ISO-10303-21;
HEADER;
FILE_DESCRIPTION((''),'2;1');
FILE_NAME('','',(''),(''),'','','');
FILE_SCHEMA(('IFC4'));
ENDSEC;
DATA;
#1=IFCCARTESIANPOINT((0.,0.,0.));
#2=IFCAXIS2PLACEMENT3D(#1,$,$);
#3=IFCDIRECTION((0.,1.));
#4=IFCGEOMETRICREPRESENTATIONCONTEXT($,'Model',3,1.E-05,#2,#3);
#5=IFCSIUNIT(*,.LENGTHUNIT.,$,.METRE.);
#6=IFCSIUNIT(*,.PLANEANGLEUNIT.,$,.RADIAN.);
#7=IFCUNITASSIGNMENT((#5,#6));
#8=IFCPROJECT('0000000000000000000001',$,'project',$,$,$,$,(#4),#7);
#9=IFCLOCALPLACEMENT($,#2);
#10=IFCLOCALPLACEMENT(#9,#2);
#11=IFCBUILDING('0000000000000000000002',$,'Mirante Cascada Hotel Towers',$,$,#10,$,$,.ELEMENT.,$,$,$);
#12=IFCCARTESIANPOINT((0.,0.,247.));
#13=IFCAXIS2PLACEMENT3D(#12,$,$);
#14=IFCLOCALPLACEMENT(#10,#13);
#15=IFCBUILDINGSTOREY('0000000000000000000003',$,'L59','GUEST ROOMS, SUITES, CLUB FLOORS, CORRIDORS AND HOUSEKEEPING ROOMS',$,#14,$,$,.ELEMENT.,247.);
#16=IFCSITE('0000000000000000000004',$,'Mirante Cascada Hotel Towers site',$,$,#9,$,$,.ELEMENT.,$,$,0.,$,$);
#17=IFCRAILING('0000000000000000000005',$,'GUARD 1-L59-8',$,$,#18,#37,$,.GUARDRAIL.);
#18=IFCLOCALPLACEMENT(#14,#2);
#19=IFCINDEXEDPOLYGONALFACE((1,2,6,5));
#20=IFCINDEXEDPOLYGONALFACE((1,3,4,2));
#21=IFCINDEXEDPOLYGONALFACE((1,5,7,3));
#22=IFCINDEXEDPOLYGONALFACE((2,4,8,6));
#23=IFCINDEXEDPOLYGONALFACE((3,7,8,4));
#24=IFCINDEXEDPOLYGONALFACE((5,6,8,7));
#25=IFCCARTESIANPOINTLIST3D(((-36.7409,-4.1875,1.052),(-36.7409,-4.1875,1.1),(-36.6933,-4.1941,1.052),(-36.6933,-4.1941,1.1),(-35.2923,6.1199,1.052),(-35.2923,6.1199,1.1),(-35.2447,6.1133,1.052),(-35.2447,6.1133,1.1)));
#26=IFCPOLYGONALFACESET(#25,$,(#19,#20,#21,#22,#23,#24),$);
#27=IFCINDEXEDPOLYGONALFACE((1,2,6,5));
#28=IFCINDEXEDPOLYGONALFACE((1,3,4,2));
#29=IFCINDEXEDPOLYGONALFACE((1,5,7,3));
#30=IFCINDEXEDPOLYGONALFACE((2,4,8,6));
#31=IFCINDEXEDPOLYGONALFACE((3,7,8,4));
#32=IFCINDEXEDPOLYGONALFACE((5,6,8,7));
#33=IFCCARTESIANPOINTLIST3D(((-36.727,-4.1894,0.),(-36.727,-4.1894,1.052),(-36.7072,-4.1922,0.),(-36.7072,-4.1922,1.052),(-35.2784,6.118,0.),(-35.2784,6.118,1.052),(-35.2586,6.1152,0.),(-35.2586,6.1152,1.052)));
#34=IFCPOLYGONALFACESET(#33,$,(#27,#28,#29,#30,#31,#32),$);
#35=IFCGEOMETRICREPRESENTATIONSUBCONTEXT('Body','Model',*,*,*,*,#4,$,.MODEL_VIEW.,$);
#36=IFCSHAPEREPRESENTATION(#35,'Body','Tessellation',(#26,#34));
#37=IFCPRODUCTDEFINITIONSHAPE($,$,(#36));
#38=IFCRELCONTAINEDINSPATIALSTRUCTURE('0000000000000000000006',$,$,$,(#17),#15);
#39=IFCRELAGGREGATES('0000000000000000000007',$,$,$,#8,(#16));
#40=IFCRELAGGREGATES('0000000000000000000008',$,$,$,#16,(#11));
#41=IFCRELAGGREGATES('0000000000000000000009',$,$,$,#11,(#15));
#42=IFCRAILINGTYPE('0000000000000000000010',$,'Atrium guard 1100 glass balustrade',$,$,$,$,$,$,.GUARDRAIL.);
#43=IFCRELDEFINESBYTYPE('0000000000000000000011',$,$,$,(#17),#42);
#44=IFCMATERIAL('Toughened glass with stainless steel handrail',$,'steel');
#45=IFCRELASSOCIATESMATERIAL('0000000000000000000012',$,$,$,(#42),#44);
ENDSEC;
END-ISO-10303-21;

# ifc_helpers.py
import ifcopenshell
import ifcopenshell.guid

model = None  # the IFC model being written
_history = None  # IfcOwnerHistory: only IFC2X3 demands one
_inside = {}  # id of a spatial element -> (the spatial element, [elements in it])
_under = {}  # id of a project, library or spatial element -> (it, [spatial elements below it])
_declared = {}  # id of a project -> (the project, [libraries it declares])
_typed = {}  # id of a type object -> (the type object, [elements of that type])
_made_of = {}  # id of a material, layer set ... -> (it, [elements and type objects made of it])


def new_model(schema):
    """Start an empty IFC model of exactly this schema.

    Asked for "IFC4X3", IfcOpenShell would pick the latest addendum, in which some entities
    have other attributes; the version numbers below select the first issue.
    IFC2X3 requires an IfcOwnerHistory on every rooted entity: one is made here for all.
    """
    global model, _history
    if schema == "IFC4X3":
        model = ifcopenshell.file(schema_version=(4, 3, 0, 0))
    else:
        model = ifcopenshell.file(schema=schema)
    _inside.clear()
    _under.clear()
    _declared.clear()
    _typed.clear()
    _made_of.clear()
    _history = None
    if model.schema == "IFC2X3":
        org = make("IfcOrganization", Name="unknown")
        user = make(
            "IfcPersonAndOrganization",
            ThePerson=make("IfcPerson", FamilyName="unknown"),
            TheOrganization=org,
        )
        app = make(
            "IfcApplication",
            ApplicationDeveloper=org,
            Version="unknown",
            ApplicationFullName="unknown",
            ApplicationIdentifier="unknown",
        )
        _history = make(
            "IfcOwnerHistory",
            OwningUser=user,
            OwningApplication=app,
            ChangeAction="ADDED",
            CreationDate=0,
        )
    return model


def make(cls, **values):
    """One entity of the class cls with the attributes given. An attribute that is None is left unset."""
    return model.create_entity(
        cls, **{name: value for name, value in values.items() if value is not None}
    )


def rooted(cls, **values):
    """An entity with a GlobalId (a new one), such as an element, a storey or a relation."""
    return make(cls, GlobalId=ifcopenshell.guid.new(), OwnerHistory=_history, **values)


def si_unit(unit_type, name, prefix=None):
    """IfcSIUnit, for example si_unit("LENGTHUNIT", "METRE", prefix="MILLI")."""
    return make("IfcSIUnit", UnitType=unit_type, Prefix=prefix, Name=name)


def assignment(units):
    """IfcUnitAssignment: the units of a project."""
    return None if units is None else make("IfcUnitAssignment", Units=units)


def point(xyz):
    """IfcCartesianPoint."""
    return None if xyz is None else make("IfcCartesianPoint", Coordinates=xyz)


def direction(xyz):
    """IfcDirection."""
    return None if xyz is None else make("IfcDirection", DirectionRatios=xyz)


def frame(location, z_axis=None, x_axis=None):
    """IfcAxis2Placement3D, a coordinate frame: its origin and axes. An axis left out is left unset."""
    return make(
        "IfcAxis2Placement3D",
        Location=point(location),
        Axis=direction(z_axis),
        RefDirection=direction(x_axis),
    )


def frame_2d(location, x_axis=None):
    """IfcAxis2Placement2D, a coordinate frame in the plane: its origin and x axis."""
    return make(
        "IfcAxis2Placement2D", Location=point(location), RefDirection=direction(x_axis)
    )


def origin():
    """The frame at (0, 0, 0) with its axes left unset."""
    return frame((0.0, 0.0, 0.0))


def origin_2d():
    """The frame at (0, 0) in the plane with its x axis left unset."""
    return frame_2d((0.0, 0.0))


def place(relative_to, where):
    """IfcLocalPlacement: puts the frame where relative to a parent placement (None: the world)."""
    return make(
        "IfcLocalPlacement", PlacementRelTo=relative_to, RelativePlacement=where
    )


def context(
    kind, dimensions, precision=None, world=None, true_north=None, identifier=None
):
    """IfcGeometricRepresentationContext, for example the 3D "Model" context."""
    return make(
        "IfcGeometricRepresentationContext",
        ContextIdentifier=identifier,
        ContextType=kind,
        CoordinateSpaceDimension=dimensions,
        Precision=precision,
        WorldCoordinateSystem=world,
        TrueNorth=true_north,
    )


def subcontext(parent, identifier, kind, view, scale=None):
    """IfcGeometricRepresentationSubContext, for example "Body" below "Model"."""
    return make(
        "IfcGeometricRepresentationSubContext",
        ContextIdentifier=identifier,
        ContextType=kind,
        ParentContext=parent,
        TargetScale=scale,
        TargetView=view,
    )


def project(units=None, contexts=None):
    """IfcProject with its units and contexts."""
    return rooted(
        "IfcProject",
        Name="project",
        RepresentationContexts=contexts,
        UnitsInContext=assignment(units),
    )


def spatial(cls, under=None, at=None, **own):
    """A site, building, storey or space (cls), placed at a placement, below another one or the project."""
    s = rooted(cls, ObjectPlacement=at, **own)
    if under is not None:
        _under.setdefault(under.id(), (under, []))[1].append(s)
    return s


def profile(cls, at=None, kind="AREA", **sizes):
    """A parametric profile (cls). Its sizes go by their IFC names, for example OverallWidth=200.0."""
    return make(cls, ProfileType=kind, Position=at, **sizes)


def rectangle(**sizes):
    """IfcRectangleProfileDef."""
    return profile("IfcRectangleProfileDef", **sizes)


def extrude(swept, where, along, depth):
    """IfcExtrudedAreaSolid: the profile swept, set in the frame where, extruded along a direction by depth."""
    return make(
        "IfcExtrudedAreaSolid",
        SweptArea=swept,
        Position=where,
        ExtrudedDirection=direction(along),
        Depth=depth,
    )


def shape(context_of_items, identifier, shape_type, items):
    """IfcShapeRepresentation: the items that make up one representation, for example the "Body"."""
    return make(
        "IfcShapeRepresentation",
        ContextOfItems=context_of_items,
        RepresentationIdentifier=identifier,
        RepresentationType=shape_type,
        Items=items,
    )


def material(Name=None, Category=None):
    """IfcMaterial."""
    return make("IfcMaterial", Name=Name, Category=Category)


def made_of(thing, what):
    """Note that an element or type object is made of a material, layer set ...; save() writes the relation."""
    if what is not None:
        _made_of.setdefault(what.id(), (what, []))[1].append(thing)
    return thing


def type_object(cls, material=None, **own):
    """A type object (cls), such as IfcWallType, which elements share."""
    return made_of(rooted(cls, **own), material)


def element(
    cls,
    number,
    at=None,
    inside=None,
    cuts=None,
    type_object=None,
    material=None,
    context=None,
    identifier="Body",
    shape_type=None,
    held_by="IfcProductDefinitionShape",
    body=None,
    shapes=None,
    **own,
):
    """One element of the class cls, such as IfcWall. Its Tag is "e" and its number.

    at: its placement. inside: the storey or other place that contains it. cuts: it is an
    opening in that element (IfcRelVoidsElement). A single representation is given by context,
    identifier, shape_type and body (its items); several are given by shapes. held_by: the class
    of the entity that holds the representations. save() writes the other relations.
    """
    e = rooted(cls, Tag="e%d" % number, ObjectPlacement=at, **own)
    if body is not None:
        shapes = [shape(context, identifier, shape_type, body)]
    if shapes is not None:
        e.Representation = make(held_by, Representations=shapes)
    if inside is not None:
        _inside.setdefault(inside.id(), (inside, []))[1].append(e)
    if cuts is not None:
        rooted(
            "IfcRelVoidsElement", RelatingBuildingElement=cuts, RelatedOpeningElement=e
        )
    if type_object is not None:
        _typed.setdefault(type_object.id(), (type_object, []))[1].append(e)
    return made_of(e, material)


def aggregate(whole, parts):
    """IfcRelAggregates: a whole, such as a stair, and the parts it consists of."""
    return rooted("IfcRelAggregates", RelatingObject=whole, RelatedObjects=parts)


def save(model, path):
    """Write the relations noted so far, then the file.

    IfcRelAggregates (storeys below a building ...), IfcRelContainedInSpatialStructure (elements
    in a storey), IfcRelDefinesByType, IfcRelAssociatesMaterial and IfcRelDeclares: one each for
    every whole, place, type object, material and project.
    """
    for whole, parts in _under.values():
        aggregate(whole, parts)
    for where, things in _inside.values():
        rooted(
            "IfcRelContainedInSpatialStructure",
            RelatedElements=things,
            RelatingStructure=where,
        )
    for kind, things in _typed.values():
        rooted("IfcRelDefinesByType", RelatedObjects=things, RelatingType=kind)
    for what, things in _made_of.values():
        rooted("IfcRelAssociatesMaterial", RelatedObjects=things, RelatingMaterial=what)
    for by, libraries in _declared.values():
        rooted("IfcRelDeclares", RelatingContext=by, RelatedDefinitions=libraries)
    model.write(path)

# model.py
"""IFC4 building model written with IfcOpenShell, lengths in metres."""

from ifc_helpers import new_model, si_unit, direction, frame, origin, origin_2d, place, context, subcontext, project, spatial, rectangle, extrude, material, type_object, element, save


model = new_model("IFC4")

# Units and contexts
model_context = context("Model", 3, precision=1e-05, world=origin(), true_north=direction((0.0, 1.0)))
body_context = subcontext(model_context, "Body", "Model", "MODEL_VIEW")
ifc_project = project(units=[si_unit("LENGTHUNIT", "METRE"), si_unit("PLANEANGLEUNIT", "RADIAN")], contexts=[model_context])

# Site, building, storey
site_placement = place(None, origin())
site = spatial("IfcSite", under=ifc_project, at=site_placement, Name="Mirante Cascada Hotel Towers site", CompositionType="ELEMENT", RefElevation=0.0)
building_placement = place(site_placement, origin())
building = spatial("IfcBuilding", under=site, at=building_placement, Name="Mirante Cascada Hotel Towers", CompositionType="ELEMENT")
storey_placement = place(building_placement, frame((0.0, 0.0, 247.0)))
storey = spatial("IfcBuildingStorey", under=building, at=storey_placement, Name="L59", Description="GUEST ROOMS, SUITES, CLUB FLOORS, CORRIDORS AND HOUSEKEEPING ROOMS", CompositionType="ELEMENT", Elevation=247.0)

# Railing
ifc_material_1 = material(Name="Toughened glass with stainless steel handrail", Category="steel")
railing_type = type_object("IfcRailingType", Name="Atrium guard 1100 glass balustrade", PredefinedType="GUARDRAIL", material=ifc_material_1)
railing_1_placement = place(storey_placement, frame((-35.2685, 6.1166, 0.0)))
element("IfcRailing", 1, at=railing_1_placement, inside=storey, type_object=railing_type, Name="GUARD 1-L59-8", PredefinedType="GUARDRAIL", context=body_context, shape_type="SweptSolid", body=[
    extrude(rectangle(XDim=0.048, YDim=0.048, at=origin_2d()), frame((0.0, 0.0, 1.076), z_axis=(-0.139172, -0.990268, 0.0), x_axis=(0.990268, -0.139172, 0.0)), (0.0, 0.0, 1.0), 10.4087),
    extrude(rectangle(XDim=0.02, YDim=1.052, at=origin_2d()), frame((0.0, 0.0, 0.526), z_axis=(-0.139172, -0.990268, 0.0), x_axis=(0.990268, -0.139172, 0.0)), (0.0, 0.0, 1.0), 10.4087),
])

save(model, "model.ifc")
